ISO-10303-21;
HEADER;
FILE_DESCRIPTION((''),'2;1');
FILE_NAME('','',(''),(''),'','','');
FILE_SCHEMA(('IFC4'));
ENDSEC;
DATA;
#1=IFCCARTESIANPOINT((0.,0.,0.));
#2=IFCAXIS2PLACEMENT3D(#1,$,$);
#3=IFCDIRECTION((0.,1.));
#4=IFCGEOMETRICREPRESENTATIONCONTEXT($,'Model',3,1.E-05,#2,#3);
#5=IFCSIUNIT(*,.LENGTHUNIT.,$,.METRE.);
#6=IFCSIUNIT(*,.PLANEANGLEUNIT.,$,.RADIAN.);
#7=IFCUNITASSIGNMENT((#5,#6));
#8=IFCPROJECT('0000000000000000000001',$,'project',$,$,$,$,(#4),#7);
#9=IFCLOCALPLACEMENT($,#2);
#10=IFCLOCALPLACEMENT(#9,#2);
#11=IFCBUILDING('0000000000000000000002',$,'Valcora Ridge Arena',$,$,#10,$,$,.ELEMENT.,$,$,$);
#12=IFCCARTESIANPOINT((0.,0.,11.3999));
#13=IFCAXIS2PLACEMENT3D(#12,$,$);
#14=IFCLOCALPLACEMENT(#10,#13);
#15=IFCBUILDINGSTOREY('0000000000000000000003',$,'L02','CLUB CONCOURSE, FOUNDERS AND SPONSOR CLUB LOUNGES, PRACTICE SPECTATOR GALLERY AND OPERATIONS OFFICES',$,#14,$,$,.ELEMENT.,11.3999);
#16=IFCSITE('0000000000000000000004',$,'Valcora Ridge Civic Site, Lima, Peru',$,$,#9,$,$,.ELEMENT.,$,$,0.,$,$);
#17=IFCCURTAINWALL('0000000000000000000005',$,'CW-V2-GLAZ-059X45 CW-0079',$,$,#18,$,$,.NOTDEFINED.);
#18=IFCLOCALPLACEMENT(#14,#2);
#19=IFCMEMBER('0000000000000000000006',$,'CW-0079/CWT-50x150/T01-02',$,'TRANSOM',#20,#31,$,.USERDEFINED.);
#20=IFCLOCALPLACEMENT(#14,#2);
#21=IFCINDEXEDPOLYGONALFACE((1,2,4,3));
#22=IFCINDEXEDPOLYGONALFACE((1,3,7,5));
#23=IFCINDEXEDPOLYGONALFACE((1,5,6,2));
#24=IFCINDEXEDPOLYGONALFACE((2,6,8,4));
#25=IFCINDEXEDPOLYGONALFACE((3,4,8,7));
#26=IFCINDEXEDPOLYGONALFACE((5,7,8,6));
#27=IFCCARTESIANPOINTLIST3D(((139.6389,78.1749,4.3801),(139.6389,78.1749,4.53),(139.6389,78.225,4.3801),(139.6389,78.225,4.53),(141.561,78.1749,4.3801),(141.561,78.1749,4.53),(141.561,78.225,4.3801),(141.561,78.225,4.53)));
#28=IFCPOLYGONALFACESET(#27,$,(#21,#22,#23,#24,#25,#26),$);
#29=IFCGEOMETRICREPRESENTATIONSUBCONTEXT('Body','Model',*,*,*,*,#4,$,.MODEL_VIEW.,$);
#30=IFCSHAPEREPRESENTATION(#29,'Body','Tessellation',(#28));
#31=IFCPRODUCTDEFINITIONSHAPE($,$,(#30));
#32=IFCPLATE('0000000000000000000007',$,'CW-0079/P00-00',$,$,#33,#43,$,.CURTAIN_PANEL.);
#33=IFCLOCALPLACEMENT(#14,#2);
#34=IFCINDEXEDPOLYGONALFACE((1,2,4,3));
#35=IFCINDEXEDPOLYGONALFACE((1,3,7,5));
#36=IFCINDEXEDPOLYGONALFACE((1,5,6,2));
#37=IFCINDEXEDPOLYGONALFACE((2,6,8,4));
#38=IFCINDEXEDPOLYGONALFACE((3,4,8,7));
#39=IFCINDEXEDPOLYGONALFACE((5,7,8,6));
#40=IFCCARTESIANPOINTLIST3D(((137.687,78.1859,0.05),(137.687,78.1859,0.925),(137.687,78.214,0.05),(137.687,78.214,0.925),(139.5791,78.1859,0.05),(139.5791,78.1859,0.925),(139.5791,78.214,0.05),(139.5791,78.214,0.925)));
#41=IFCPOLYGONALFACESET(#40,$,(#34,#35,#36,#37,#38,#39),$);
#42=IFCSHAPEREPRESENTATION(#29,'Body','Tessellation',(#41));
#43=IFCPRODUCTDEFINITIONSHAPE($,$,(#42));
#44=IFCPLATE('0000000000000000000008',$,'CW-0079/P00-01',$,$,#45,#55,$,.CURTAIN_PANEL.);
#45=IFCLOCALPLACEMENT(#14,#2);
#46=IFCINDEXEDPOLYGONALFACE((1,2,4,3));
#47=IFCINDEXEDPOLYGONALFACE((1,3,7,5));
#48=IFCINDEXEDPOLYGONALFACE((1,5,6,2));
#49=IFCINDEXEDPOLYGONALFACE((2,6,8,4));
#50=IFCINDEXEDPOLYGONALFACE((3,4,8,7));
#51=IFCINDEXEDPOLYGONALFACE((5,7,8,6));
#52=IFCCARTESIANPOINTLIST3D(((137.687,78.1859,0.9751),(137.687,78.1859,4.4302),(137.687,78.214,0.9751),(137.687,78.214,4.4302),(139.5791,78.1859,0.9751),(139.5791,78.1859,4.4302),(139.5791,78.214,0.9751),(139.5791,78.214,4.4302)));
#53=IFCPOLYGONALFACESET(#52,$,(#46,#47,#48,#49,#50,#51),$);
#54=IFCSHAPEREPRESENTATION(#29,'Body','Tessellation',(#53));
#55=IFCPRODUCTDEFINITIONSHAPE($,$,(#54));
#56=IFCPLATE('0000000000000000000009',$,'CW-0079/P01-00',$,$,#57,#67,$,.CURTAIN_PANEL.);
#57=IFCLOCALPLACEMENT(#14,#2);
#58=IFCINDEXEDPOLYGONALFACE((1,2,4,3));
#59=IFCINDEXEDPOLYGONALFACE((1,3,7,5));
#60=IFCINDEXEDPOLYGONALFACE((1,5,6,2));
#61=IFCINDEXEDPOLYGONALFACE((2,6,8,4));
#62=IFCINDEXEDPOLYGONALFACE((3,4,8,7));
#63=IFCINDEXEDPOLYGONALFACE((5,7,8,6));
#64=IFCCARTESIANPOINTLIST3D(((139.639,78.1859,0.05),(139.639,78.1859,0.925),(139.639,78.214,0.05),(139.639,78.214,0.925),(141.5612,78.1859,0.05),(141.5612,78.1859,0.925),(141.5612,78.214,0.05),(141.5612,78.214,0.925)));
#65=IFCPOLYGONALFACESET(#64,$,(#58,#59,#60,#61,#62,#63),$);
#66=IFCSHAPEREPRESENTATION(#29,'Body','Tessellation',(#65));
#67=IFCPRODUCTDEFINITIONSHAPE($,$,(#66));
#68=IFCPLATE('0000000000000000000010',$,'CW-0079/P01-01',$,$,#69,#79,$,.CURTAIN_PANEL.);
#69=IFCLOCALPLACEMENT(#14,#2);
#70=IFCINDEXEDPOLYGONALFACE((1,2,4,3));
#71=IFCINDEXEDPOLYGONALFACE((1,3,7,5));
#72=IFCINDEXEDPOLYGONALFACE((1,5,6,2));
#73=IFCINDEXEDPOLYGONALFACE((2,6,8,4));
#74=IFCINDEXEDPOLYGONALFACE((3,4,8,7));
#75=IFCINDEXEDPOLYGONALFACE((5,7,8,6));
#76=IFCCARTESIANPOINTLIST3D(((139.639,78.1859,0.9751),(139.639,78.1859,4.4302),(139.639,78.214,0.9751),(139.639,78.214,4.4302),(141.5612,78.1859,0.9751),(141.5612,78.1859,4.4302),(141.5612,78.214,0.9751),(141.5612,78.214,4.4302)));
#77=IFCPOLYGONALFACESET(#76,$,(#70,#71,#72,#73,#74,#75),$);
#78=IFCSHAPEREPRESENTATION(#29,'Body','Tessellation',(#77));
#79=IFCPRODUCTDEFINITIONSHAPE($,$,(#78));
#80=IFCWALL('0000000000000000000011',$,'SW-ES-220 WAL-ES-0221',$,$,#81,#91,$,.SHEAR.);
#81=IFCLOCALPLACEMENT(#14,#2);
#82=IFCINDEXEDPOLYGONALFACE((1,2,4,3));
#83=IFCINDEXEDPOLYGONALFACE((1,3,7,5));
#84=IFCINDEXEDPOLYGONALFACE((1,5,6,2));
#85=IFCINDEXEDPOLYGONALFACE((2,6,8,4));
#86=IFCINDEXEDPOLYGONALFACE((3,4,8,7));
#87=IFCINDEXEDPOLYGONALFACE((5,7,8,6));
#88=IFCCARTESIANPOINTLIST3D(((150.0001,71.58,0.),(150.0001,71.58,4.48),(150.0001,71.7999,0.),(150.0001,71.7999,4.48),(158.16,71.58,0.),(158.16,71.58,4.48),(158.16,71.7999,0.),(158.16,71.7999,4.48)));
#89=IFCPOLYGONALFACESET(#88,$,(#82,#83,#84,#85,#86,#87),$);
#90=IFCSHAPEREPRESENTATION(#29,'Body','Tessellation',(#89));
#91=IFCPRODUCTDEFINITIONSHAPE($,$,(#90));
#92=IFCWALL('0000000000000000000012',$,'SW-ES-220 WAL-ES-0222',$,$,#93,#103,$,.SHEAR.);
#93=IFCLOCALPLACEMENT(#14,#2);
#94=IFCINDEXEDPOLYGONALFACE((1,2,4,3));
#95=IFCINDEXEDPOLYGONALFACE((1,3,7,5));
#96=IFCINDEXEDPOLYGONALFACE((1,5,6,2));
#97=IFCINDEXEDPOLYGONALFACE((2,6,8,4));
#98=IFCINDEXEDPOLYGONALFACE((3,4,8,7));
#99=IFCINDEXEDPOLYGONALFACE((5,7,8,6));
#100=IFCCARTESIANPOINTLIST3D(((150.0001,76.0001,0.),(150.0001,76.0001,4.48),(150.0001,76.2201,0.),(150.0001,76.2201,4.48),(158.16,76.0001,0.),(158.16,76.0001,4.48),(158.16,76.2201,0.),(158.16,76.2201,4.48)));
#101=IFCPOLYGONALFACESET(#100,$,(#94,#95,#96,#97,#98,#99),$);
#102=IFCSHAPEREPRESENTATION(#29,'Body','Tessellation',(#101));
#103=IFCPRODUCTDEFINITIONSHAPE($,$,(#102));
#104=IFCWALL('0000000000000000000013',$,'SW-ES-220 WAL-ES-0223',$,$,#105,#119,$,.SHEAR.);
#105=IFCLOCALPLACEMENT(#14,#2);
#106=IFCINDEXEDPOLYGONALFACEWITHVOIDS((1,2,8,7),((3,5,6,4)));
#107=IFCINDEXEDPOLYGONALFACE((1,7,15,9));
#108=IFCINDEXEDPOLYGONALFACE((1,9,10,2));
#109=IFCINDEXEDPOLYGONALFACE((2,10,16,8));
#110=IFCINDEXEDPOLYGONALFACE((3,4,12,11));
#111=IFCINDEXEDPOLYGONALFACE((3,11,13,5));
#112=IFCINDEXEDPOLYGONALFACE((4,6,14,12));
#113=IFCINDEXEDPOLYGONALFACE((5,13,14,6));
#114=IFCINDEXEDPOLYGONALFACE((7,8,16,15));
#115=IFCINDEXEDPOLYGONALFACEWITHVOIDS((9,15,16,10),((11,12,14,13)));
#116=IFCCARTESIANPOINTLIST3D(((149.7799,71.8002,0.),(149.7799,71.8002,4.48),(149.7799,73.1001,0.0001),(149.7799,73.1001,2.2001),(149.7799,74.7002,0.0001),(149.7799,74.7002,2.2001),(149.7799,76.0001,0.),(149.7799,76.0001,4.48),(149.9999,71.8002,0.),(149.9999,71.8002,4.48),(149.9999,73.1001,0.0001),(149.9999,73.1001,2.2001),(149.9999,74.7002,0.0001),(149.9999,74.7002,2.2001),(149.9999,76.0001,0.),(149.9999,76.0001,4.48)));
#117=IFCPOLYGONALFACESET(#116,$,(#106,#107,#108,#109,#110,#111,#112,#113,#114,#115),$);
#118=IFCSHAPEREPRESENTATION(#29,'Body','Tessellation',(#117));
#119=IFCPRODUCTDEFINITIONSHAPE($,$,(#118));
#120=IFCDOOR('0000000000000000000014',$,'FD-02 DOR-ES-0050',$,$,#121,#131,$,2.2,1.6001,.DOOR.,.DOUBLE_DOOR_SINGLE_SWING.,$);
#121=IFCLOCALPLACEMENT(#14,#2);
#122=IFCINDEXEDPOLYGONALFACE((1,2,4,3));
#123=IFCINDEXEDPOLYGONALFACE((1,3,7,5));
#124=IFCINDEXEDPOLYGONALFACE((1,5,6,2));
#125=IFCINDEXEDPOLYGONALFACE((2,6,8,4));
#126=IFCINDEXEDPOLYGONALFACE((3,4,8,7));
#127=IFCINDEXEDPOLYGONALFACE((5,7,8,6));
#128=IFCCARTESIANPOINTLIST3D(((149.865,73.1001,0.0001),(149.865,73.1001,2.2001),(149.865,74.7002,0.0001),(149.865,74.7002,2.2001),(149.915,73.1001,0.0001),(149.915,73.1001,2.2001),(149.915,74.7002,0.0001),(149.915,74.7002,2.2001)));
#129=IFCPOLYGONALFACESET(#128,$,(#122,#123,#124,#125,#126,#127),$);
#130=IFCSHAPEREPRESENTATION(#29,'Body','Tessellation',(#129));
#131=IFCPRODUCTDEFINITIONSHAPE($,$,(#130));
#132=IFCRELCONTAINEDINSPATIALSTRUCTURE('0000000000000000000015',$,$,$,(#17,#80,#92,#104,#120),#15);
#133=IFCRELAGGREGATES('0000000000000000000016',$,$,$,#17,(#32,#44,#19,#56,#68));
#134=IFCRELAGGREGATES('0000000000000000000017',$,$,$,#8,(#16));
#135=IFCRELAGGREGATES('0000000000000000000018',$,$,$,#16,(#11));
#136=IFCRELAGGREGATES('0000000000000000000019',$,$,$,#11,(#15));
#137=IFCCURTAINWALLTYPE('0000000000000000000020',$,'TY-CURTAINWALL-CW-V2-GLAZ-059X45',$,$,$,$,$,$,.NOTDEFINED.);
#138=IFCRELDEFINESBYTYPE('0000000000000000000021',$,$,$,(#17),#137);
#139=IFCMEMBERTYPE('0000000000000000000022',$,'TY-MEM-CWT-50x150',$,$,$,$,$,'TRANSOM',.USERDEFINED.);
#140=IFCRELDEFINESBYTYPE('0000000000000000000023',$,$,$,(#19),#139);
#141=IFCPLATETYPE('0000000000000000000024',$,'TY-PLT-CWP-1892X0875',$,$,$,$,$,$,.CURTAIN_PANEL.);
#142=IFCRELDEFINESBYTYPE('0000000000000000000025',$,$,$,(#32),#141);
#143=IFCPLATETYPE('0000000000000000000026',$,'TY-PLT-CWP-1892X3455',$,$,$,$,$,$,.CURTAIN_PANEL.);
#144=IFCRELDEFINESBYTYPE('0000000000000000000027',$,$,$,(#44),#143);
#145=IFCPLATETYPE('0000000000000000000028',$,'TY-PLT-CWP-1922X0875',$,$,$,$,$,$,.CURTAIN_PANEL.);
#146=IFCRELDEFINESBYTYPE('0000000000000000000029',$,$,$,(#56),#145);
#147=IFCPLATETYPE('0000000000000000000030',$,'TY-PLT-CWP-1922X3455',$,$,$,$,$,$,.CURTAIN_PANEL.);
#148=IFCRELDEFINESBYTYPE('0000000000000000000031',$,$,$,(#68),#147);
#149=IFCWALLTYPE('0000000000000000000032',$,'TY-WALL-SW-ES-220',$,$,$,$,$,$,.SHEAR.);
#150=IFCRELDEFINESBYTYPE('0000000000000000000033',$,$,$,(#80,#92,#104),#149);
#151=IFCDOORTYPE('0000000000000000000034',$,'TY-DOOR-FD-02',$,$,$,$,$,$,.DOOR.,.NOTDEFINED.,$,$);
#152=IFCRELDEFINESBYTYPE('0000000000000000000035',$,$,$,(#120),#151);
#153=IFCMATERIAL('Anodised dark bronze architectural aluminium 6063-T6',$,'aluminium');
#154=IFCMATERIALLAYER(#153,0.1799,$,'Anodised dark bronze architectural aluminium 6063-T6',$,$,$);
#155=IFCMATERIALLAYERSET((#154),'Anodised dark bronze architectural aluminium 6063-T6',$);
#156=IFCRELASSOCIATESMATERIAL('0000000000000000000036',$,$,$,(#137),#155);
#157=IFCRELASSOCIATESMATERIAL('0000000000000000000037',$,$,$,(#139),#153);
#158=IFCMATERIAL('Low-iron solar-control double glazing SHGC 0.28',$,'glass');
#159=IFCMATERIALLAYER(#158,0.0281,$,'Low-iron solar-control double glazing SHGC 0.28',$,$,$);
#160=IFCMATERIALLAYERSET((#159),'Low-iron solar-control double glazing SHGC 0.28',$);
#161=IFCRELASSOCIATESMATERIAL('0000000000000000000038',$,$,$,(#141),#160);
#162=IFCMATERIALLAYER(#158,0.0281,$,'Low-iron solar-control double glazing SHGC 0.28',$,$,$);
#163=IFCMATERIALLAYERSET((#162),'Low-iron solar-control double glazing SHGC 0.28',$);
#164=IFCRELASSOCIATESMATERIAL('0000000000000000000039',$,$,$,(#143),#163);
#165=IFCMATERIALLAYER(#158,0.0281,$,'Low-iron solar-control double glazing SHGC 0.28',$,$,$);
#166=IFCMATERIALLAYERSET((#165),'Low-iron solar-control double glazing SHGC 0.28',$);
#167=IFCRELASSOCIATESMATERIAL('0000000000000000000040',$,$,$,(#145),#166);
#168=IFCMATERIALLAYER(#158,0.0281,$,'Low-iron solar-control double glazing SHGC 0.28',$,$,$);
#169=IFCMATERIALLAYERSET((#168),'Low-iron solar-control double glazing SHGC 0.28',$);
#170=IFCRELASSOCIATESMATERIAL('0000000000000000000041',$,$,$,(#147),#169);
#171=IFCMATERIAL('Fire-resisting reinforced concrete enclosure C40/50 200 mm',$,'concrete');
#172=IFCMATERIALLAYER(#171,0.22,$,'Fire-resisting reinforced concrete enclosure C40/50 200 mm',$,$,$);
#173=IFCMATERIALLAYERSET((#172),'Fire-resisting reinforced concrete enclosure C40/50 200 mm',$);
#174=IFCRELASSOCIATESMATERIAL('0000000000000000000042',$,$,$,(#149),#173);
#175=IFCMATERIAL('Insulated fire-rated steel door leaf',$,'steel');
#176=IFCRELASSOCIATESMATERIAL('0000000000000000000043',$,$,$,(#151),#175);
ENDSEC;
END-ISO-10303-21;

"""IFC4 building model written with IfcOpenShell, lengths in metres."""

from ifc_helpers import new_model, si_unit, direction, frame, frame_2d, origin, origin_2d, place, context, subcontext, project, spatial, rectangle, extrude, material, layer, layer_set, material_profile, profile_set, type_object, element, fill, aggregate, save


model = new_model("IFC4")

# Units and contexts
model_context = context("Model", 3, precision=1e-05, world=origin(), true_north=direction((0.0, 1.0)))
body_context = subcontext(model_context, "Body", "Model", "MODEL_VIEW")
ifc_project = project(units=[si_unit("LENGTHUNIT", "METRE"), si_unit("PLANEANGLEUNIT", "RADIAN")], contexts=[model_context])

# Site, building, storey
site_placement = place(None, origin())
site = spatial("IfcSite", under=ifc_project, at=site_placement, Name="Valcora Ridge Civic Site, Lima, Peru", CompositionType="ELEMENT", RefElevation=0.0)
building_placement = place(site_placement, origin())
building = spatial("IfcBuilding", under=site, at=building_placement, Name="Valcora Ridge Arena", CompositionType="ELEMENT")
storey_placement = place(building_placement, frame((0.0, 0.0, 11.3999)))
storey = spatial("IfcBuildingStorey", under=building, at=storey_placement, Name="L02", Description="CLUB CONCOURSE, FOUNDERS AND SPONSOR CLUB LOUNGES, PRACTICE SPECTATOR GALLERY AND OPERATIONS OFFICES", CompositionType="ELEMENT", Elevation=11.3999)

# Curtain wall, member, plates
ifc_material_1 = material(Name="Anodised dark bronze architectural aluminium 6063-T6", Category="aluminium")
ifc_layer_1 = layer(ifc_material_1, 0.1799, Name="Anodised dark bronze architectural aluminium 6063-T6")
ifc_layer_set_1 = layer_set([ifc_layer_1], Name="Anodised dark bronze architectural aluminium 6063-T6")
curtain_wall_type = type_object("IfcCurtainWallType", Name="TY-CURTAINWALL-CW-V2-GLAZ-059X45", PredefinedType="NOTDEFINED", material=ifc_layer_set_1)
curtain_wall_placement = place(storey_placement, origin())
curtain_wall = element("IfcCurtainWall", 1, at=curtain_wall_placement, inside=storey, type_object=curtain_wall_type, Name="CW-V2-GLAZ-059X45 CW-0079", PredefinedType="NOTDEFINED")
ifc_material_profile_1 = material_profile(ifc_material_1, rectangle(XDim=0.05, YDim=0.1499, at=origin_2d()), Name="ALU TRANSOM 50x150")
ifc_profile_set_1 = profile_set([ifc_material_profile_1], Name="Anodised dark bronze architectural aluminium 6063-T6")
member_type_1 = type_object("IfcMemberType", Name="TY-MEM-CWT-50x150", ElementType="TRANSOM", PredefinedType="USERDEFINED", material=ifc_profile_set_1)
member_1_placement = place(storey_placement, frame((139.6389, 78.2, 4.4551), z_axis=(1.0, 0.0, 0.0), x_axis=(0.0, 1.0, 0.0)))
member_1 = element("IfcMember", 2, at=member_1_placement, type_object=member_type_1, Name="CW-0079/CWT-50x150/T01-02", ObjectType="TRANSOM", PredefinedType="USERDEFINED", context=body_context, shape_type="SweptSolid", body=[
    extrude(rectangle(XDim=0.05, YDim=0.1499, at=origin_2d()), origin(), (0.0, 0.0, 1.0), 1.9221),
])
ifc_material_2 = material(Name="Low-iron solar-control double glazing SHGC 0.28", Category="glass")
ifc_layer_2 = layer(ifc_material_2, 0.0281, Name="Low-iron solar-control double glazing SHGC 0.28")
ifc_layer_set_2 = layer_set([ifc_layer_2], Name="Low-iron solar-control double glazing SHGC 0.28")
plate_type_1 = type_object("IfcPlateType", Name="TY-PLT-CWP-1892X0875", PredefinedType="CURTAIN_PANEL", material=ifc_layer_set_2)
plate_1_placement = place(storey_placement, frame((138.6331, 78.2, 0.05), z_axis=(0.0, 0.0, 1.0), x_axis=(1.0, 0.0, 0.0)))
plate_1 = element("IfcPlate", 3, at=plate_1_placement, type_object=plate_type_1, Name="CW-0079/P00-00", PredefinedType="CURTAIN_PANEL", context=body_context, shape_type="SweptSolid", body=[
    extrude(rectangle(XDim=1.8921, YDim=0.0281, at=origin_2d()), origin(), (0.0, 0.0, 1.0), 0.875),
])
ifc_layer_3 = layer(ifc_material_2, 0.0281, Name="Low-iron solar-control double glazing SHGC 0.28")
ifc_layer_set_3 = layer_set([ifc_layer_3], Name="Low-iron solar-control double glazing SHGC 0.28")
plate_type_2 = type_object("IfcPlateType", Name="TY-PLT-CWP-1892X3455", PredefinedType="CURTAIN_PANEL", material=ifc_layer_set_3)
plate_2_placement = place(storey_placement, frame((138.6331, 78.2, 0.9751), z_axis=(0.0, 0.0, 1.0), x_axis=(1.0, 0.0, 0.0)))
plate_2 = element("IfcPlate", 4, at=plate_2_placement, type_object=plate_type_2, Name="CW-0079/P00-01", PredefinedType="CURTAIN_PANEL", context=body_context, shape_type="SweptSolid", body=[
    extrude(rectangle(XDim=1.8921, YDim=0.0281, at=origin_2d()), origin(), (0.0, 0.0, 1.0), 3.4551),
])
ifc_layer_4 = layer(ifc_material_2, 0.0281, Name="Low-iron solar-control double glazing SHGC 0.28")
ifc_layer_set_4 = layer_set([ifc_layer_4], Name="Low-iron solar-control double glazing SHGC 0.28")
plate_type_3 = type_object("IfcPlateType", Name="TY-PLT-CWP-1922X0875", PredefinedType="CURTAIN_PANEL", material=ifc_layer_set_4)
plate_3_placement = place(storey_placement, frame((140.6001, 78.2, 0.05), z_axis=(0.0, 0.0, 1.0), x_axis=(1.0, 0.0, 0.0)))
plate_3 = element("IfcPlate", 5, at=plate_3_placement, type_object=plate_type_3, Name="CW-0079/P01-00", PredefinedType="CURTAIN_PANEL", context=body_context, shape_type="SweptSolid", body=[
    extrude(rectangle(XDim=1.9221, YDim=0.0281, at=origin_2d()), origin(), (0.0, 0.0, 1.0), 0.875),
])
ifc_layer_5 = layer(ifc_material_2, 0.0281, Name="Low-iron solar-control double glazing SHGC 0.28")
ifc_layer_set_5 = layer_set([ifc_layer_5], Name="Low-iron solar-control double glazing SHGC 0.28")
plate_type_4 = type_object("IfcPlateType", Name="TY-PLT-CWP-1922X3455", PredefinedType="CURTAIN_PANEL", material=ifc_layer_set_5)
plate_4_placement = place(storey_placement, frame((140.6001, 78.2, 0.9751), z_axis=(0.0, 0.0, 1.0), x_axis=(1.0, 0.0, 0.0)))
plate_4 = element("IfcPlate", 6, at=plate_4_placement, type_object=plate_type_4, Name="CW-0079/P01-01", PredefinedType="CURTAIN_PANEL", context=body_context, shape_type="SweptSolid", body=[
    extrude(rectangle(XDim=1.9221, YDim=0.0281, at=origin_2d()), origin(), (0.0, 0.0, 1.0), 3.4551),
])
aggregate(curtain_wall, [plate_1, plate_2, member_1, plate_3, plate_4])

# Walls
ifc_material_3 = material(Name="Fire-resisting reinforced concrete enclosure C40/50 200 mm", Category="concrete")
ifc_layer_6 = layer(ifc_material_3, 0.22, Name="Fire-resisting reinforced concrete enclosure C40/50 200 mm")
ifc_layer_set_6 = layer_set([ifc_layer_6], Name="Fire-resisting reinforced concrete enclosure C40/50 200 mm")
wall_type = type_object("IfcWallType", Name="TY-WALL-SW-ES-220", PredefinedType="SHEAR", material=ifc_layer_set_6)
for number, where, z_axis, x_axis, name in (
    (7, (150.0, 71.6899, 0.0), (0.0, 0.0, 1.0), (1.0, 0.0, 0.0), "SW-ES-220 WAL-ES-0221"),
    (8, (150.0, 76.1101, 0.0), (0.0, 0.0, 1.0), (1.0, 0.0, 0.0), "SW-ES-220 WAL-ES-0222"),
):
    element("IfcWall", number, at=place(storey_placement, frame(where, z_axis=z_axis, x_axis=x_axis)), inside=storey, type_object=wall_type, Name=name, PredefinedType="SHEAR", context=body_context, shape_type="SweptSolid", body=[
        extrude(rectangle(XDim=8.1599, YDim=0.22, at=frame_2d((4.0801, 0.0))), origin(), (0.0, 0.0, 1.0), 4.48),
    ])

# Wall, opening, door
wall_placement = place(storey_placement, frame((149.8899, 71.8, 0.0), z_axis=(0.0, 0.0, 1.0), x_axis=(0.0, 1.0, 0.0)))
wall = element("IfcWall", 9, at=wall_placement, inside=storey, type_object=wall_type, Name="SW-ES-220 WAL-ES-0223", PredefinedType="SHEAR", context=body_context, shape_type="SweptSolid", body=[
    extrude(rectangle(XDim=4.2, YDim=0.22, at=frame_2d((2.1001, 0.0))), origin(), (0.0, 0.0, 1.0), 4.48),
])
opening_placement = place(wall_placement, frame((1.3, 0.0, 0.0)))
opening = element("IfcOpeningElement", 10, at=opening_placement, cuts=wall, PredefinedType="OPENING", context=body_context, shape_type="SweptSolid", body=[
    extrude(rectangle(XDim=1.6001, YDim=2.2, at=frame_2d((0.8, 1.1001))), frame((0.0, 0.1199, 0.0), z_axis=(0.0, -1.0, 0.0), x_axis=(1.0, 0.0, 0.0)), (0.0, 0.0, 1.0), 0.24),
])
ifc_material_4 = material(Name="Insulated fire-rated steel door leaf", Category="steel")
door_type = type_object("IfcDoorType", Name="TY-DOOR-FD-02", OperationType="NOTDEFINED", PredefinedType="DOOR", material=ifc_material_4)
door_placement = place(opening_placement, origin())
door = element("IfcDoor", 11, at=door_placement, inside=storey, type_object=door_type, Name="FD-02 DOR-ES-0050", OperationType="DOUBLE_DOOR_SINGLE_SWING", OverallHeight=2.2, OverallWidth=1.6001, PredefinedType="DOOR", context=body_context, shape_type="SweptSolid", body=[
    extrude(rectangle(XDim=1.6001, YDim=2.2, at=frame_2d((0.8, 1.1001))), frame((0.0, 0.0249, 0.0), z_axis=(0.0, -1.0, 0.0), x_axis=(1.0, 0.0, 0.0)), (0.0, 0.0, 1.0), 0.05),
])
fill(opening, door)

save(model, "model.ifc")
